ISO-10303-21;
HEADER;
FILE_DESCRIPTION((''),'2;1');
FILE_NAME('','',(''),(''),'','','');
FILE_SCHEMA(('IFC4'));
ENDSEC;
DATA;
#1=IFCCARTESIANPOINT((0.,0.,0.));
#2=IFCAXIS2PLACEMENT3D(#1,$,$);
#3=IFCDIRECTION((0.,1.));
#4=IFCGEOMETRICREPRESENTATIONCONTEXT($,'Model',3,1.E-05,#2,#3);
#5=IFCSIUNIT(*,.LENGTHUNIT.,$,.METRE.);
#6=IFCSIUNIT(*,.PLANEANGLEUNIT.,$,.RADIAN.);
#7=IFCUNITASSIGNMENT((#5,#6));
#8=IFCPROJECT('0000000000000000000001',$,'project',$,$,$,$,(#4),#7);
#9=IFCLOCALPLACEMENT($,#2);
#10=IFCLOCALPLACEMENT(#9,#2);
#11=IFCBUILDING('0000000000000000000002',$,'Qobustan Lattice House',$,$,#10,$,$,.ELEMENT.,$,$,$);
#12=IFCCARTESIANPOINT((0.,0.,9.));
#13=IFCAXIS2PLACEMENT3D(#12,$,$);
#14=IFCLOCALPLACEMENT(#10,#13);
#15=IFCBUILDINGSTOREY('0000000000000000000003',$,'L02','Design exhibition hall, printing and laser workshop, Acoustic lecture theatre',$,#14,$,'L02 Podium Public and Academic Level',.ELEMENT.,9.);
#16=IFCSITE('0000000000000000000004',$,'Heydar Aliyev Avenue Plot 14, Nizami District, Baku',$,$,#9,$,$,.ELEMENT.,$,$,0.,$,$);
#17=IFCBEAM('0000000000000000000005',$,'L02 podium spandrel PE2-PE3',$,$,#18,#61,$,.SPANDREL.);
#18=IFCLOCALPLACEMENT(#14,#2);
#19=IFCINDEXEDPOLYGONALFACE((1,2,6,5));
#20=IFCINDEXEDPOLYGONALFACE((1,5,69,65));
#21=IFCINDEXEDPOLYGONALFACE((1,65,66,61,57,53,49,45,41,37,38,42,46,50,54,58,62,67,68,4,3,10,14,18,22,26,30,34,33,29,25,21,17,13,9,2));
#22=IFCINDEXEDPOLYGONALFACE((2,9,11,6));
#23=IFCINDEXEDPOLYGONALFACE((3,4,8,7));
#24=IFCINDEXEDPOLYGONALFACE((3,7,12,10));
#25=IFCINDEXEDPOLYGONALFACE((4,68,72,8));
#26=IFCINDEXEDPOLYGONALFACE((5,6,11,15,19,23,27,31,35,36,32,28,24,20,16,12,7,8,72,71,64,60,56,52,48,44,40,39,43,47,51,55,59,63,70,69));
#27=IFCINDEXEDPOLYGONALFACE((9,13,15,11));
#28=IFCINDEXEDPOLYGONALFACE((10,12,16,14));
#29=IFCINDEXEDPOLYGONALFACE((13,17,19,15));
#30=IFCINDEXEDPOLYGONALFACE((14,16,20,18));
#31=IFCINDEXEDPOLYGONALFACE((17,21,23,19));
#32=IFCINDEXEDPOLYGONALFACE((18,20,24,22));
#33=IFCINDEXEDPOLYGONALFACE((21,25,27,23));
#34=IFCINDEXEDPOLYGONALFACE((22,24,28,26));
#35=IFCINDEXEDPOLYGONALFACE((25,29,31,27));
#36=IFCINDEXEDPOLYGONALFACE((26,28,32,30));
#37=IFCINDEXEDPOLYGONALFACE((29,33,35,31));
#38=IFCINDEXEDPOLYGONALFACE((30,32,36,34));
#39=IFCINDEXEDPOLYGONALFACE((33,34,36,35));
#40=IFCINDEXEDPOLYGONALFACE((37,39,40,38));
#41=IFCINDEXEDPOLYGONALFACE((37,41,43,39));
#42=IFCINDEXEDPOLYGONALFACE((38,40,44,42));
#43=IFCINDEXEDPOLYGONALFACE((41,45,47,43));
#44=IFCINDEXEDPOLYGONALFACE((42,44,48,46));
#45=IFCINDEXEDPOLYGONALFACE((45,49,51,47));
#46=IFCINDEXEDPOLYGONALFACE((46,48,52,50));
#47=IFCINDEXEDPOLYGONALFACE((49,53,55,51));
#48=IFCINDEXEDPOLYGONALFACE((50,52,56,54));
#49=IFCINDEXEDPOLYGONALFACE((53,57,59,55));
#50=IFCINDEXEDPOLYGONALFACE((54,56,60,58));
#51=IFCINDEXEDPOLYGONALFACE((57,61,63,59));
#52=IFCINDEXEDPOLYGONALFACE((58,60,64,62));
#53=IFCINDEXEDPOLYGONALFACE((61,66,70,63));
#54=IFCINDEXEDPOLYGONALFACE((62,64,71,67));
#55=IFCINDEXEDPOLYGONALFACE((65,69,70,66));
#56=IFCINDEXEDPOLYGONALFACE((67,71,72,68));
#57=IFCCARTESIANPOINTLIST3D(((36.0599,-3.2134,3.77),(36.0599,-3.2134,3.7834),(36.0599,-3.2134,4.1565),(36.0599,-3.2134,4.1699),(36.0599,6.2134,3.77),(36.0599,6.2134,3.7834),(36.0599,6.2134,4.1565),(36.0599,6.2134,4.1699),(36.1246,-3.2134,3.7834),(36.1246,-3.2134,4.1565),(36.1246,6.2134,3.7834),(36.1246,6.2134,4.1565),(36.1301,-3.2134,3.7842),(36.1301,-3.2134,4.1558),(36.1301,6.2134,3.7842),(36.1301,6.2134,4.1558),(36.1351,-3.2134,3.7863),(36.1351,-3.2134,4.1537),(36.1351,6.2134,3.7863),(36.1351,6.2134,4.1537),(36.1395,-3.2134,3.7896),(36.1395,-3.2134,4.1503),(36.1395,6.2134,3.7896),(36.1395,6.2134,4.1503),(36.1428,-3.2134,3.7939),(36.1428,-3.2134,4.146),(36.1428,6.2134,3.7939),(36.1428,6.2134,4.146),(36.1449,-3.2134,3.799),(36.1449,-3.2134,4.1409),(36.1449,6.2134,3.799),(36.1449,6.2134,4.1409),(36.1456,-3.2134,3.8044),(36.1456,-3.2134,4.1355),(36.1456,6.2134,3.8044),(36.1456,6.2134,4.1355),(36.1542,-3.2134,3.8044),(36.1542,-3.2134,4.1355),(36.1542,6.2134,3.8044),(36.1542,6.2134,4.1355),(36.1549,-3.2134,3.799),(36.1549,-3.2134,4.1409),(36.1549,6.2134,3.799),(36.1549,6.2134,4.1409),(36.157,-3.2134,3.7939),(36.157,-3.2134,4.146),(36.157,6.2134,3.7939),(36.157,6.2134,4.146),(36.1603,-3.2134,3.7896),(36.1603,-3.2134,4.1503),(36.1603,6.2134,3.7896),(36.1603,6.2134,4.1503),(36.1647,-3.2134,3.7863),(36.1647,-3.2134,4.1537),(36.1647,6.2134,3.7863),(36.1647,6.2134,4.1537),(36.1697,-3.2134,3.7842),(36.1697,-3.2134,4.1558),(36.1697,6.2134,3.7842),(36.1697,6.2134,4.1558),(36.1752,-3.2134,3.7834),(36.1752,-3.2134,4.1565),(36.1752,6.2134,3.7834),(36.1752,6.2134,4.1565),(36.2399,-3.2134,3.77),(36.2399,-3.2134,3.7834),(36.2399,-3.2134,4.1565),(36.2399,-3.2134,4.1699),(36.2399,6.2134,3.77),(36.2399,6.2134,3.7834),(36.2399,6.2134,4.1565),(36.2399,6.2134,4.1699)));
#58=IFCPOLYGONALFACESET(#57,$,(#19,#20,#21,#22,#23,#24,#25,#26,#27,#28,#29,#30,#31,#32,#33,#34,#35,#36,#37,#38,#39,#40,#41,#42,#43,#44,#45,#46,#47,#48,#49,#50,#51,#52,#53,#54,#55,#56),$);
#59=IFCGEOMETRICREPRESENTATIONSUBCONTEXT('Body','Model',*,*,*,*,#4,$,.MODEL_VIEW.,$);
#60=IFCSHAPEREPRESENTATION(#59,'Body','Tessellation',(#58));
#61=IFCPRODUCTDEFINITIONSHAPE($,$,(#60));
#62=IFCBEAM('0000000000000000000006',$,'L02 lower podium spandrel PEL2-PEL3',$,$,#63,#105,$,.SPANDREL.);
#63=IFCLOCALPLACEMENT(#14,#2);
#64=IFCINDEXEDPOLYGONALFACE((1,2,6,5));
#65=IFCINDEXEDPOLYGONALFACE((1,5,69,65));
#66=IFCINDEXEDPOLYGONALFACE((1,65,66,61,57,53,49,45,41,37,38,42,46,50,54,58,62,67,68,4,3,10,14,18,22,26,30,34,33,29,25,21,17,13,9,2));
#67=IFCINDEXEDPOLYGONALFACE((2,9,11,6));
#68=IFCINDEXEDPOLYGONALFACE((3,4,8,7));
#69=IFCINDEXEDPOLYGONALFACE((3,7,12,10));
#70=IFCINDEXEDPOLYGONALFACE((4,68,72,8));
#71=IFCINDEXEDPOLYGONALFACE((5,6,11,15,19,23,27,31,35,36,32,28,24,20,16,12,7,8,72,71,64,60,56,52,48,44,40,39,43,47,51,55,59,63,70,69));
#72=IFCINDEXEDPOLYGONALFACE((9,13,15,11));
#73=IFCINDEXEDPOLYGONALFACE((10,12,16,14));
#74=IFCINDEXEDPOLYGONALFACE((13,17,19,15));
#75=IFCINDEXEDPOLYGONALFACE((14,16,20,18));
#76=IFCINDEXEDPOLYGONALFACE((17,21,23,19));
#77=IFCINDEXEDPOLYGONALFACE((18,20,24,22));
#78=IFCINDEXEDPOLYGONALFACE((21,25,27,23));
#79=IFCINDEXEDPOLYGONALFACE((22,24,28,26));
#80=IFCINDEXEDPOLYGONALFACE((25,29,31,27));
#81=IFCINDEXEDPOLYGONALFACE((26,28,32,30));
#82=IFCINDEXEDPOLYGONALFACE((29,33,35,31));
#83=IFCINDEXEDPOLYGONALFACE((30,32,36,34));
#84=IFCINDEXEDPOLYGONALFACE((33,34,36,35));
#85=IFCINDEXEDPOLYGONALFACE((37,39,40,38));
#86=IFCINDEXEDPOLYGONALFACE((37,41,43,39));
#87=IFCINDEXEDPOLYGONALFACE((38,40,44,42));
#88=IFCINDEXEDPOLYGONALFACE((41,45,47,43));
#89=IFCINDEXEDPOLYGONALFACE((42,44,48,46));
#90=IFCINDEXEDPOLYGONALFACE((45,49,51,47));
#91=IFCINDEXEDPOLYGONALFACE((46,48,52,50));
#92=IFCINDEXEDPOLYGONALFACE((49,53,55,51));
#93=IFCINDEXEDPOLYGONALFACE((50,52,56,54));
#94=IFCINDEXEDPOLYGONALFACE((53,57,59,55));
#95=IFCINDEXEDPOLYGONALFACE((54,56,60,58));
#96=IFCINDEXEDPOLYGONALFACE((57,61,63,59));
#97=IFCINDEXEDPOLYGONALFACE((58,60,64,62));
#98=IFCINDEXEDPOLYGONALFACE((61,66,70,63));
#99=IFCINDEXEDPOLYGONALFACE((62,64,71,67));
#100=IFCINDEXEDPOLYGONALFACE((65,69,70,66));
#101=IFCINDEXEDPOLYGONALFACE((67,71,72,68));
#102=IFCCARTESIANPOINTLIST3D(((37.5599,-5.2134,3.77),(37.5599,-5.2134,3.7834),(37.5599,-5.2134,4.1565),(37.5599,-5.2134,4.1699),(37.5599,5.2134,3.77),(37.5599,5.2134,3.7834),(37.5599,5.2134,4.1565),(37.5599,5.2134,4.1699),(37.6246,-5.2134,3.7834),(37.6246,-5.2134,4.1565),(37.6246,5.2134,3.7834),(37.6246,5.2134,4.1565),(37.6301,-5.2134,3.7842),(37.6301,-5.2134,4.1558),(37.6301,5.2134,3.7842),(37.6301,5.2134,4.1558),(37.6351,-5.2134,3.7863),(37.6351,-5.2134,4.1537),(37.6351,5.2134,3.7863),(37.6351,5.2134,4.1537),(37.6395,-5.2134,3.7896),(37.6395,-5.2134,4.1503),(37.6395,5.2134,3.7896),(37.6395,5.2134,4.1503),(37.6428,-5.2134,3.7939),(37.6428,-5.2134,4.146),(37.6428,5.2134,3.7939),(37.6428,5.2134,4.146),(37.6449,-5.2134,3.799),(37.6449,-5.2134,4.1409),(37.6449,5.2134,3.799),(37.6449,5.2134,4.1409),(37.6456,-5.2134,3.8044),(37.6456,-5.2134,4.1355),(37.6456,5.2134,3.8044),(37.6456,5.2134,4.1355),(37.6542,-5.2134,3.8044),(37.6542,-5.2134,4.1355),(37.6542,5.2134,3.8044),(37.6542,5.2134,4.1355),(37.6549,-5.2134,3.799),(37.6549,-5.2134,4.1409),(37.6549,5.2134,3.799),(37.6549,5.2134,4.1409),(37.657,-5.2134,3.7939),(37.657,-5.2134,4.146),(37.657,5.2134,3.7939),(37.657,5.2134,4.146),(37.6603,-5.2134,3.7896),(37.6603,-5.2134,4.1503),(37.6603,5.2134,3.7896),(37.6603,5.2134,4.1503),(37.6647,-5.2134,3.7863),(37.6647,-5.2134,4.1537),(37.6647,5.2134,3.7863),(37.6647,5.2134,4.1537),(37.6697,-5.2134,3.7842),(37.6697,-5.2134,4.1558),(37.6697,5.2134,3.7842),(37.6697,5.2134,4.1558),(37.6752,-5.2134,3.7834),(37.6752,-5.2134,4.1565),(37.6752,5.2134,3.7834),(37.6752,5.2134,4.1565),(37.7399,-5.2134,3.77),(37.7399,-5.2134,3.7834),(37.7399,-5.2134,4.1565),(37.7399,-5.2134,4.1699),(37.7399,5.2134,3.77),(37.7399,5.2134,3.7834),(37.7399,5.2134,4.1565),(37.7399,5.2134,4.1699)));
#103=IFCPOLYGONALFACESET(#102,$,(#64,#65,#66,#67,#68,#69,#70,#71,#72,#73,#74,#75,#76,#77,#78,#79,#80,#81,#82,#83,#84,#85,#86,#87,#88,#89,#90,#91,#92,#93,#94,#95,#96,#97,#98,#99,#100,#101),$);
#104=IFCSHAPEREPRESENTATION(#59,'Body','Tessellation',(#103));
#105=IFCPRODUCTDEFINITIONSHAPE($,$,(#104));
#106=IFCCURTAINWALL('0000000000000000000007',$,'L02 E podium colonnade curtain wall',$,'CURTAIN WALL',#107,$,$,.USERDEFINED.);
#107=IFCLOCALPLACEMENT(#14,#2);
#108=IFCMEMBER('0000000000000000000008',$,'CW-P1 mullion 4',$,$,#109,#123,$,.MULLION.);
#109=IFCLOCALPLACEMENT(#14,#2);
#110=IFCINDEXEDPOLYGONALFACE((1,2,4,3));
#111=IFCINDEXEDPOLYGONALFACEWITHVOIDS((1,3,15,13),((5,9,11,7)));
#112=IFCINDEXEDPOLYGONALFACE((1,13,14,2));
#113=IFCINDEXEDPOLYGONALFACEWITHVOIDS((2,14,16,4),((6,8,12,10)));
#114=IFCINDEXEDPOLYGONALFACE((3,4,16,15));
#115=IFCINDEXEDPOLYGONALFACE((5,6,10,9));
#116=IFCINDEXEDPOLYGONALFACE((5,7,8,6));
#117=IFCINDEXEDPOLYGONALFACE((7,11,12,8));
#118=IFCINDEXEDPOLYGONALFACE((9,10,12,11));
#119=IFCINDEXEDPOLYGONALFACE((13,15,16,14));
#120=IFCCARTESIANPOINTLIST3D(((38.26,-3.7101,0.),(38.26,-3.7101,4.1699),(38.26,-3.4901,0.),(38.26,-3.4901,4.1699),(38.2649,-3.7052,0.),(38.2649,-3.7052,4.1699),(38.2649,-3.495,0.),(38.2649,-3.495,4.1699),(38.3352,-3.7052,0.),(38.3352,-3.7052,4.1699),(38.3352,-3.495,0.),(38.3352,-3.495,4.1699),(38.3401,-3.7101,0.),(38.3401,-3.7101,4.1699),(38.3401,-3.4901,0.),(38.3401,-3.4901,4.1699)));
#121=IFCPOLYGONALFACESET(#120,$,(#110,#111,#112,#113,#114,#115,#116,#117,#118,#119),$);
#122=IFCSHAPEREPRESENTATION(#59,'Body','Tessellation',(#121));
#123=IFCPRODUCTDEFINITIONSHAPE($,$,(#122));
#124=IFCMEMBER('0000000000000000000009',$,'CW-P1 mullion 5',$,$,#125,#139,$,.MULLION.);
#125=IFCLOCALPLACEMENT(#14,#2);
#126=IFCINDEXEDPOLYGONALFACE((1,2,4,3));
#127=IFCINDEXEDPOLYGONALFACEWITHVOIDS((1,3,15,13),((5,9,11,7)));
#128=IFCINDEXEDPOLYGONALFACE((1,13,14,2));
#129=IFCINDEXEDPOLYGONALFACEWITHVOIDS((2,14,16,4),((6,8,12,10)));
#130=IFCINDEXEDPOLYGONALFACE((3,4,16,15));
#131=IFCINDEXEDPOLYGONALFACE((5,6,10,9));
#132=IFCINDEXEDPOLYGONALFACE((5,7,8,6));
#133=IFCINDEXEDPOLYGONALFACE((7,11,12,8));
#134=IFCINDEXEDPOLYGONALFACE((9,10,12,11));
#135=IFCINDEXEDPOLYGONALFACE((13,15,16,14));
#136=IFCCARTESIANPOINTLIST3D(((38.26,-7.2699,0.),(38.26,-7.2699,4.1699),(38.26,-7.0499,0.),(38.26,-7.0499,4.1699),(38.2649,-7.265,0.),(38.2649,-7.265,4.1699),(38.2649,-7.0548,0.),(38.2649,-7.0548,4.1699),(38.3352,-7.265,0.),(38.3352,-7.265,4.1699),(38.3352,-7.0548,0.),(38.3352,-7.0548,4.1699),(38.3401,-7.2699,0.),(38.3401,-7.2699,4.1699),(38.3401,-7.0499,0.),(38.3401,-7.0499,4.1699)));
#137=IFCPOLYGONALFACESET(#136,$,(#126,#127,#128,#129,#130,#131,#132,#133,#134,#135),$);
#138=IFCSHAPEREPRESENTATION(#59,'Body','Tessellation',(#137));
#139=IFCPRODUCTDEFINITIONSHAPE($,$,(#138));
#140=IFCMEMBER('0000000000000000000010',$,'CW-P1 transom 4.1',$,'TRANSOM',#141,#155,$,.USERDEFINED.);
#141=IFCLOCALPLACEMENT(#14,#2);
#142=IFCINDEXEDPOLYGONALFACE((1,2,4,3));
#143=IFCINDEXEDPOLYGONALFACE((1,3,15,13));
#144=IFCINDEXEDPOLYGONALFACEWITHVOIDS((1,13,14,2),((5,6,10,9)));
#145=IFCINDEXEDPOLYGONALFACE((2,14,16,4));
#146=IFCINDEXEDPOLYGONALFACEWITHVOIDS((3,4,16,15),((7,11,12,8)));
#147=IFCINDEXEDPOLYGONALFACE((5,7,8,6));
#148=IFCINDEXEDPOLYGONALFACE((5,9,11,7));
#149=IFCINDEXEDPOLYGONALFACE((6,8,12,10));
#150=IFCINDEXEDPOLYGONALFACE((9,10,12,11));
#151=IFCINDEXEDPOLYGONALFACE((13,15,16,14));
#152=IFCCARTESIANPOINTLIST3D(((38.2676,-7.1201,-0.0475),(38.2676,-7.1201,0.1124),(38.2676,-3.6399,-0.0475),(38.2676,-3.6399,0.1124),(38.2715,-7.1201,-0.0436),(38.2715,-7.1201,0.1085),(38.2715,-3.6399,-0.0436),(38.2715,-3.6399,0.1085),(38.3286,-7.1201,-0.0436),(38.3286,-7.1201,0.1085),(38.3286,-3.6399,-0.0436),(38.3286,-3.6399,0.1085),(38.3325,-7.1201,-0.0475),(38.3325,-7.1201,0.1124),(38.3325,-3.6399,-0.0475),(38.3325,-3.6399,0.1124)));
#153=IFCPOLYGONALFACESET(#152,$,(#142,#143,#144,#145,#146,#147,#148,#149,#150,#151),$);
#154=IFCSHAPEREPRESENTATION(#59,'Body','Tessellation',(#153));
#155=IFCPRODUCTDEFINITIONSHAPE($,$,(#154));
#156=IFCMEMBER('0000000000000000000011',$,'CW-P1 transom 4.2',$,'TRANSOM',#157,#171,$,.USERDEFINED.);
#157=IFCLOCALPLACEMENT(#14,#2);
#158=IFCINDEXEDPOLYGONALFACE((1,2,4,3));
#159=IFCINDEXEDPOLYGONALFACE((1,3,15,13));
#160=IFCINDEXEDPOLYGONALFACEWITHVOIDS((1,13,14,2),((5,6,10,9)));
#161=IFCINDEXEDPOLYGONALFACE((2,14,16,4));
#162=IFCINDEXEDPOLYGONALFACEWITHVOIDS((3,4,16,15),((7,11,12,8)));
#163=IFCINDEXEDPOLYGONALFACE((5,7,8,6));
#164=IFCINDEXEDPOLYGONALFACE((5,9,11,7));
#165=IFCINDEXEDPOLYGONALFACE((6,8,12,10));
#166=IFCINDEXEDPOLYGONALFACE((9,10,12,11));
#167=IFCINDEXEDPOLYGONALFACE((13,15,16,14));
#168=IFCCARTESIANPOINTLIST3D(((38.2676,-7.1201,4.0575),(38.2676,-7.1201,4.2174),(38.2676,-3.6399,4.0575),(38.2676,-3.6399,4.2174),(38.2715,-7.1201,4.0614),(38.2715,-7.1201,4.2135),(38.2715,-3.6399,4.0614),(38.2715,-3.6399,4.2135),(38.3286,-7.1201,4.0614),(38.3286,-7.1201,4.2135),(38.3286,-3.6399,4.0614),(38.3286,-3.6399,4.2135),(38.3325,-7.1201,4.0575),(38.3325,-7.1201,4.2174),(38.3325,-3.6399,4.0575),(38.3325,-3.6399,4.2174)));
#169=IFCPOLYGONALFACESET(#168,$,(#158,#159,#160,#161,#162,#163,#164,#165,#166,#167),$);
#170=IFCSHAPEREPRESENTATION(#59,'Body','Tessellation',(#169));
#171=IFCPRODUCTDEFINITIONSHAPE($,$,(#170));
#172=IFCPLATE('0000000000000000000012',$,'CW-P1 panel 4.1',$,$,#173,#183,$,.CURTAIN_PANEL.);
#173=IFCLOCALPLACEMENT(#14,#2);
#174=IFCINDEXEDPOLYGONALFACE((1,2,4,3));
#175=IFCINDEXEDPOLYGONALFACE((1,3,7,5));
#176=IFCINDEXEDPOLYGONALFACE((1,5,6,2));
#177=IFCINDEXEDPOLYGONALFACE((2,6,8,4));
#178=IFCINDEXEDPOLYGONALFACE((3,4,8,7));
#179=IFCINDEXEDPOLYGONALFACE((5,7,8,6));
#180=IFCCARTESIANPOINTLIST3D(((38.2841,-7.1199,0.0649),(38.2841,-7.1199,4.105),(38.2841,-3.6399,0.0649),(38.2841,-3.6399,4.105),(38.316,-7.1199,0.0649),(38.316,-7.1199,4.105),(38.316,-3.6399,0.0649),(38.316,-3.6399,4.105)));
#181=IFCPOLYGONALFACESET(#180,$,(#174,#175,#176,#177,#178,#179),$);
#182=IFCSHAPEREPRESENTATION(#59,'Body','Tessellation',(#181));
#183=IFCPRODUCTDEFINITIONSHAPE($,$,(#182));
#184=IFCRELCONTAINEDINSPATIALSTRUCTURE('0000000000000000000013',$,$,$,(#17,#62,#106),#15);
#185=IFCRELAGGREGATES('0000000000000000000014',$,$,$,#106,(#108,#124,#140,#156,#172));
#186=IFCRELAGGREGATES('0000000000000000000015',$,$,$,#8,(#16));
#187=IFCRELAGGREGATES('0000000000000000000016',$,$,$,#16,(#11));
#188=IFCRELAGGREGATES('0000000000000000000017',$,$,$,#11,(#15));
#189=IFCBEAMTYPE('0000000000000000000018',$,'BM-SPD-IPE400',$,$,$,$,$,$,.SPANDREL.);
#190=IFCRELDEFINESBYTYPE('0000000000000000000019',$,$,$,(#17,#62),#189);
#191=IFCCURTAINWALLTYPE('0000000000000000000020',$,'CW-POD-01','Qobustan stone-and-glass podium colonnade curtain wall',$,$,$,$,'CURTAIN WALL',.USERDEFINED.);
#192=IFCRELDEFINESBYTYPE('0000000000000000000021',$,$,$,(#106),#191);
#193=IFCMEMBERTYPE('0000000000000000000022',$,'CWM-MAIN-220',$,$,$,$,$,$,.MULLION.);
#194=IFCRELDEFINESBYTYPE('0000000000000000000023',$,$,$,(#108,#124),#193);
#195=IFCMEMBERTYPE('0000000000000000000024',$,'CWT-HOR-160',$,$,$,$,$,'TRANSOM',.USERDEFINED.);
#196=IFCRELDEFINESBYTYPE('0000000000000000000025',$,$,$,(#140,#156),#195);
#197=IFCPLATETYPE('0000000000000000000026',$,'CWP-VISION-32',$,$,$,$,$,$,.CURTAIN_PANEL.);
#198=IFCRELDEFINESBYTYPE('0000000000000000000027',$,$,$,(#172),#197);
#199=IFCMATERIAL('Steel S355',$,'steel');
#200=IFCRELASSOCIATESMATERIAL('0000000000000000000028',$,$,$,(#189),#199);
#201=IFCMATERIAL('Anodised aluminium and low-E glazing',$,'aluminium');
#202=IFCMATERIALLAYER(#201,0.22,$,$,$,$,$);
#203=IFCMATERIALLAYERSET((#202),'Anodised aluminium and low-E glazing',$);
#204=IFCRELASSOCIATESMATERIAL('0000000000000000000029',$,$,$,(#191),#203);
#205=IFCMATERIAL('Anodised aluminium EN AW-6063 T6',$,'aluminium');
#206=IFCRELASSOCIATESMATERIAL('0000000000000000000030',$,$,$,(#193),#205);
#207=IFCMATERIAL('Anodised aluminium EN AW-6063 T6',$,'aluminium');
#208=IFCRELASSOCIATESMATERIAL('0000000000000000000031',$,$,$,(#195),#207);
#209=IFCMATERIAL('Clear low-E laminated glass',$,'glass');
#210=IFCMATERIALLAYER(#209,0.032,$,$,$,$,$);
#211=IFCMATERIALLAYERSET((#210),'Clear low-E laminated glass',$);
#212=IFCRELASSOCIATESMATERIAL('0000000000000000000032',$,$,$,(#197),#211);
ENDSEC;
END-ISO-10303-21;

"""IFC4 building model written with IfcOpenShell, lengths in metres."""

from ifc_helpers import new_model, si_unit, direction, frame, origin, origin_2d, place, context, subcontext, project, spatial, rectangle, hollow_rectangle, i_section, extrude, material, layer, layer_set, material_profile, profile_set, type_object, element, aggregate, save


model = new_model("IFC4")

# Units and contexts
model_context = context("Model", 3, precision=1e-05, world=origin(), true_north=direction((0.0, 1.0)))
body_context = subcontext(model_context, "Body", "Model", "MODEL_VIEW")
ifc_project = project(units=[si_unit("LENGTHUNIT", "METRE"), si_unit("PLANEANGLEUNIT", "RADIAN")], contexts=[model_context])

# Site, building, storey
site_placement = place(None, origin())
site = spatial("IfcSite", under=ifc_project, at=site_placement, Name="Heydar Aliyev Avenue Plot 14, Nizami District, Baku", CompositionType="ELEMENT", RefElevation=0.0)
building_placement = place(site_placement, origin())
building = spatial("IfcBuilding", under=site, at=building_placement, Name="Qobustan Lattice House", CompositionType="ELEMENT")
storey_placement = place(building_placement, frame((0.0, 0.0, 9.0)))
storey = spatial("IfcBuildingStorey", under=building, at=storey_placement, Name="L02", Description="Design exhibition hall, printing and laser workshop, Acoustic lecture theatre", LongName="L02 Podium Public and Academic Level", CompositionType="ELEMENT", Elevation=9.0)

# Beams
ifc_material_1 = material(Name="Steel S355", Category="steel")
ifc_material_profile_1 = material_profile(ifc_material_1, i_section(OverallWidth=0.1799, OverallDepth=0.3999, WebThickness=0.0085, FlangeThickness=0.0134, FilletRadius=0.021, at=origin_2d()), Name="IPE400")
ifc_profile_set_1 = profile_set([ifc_material_profile_1], Name="Steel S355")
beam_type_1 = type_object("IfcBeamType", Name="BM-SPD-IPE400", PredefinedType="SPANDREL", material=ifc_profile_set_1)
beam_1_placement = place(storey_placement, frame((36.1499, -3.2134, 3.97), z_axis=(0.0, 1.0, 0.0), x_axis=(-1.0, 0.0, 0.0)))
element("IfcBeam", 1, at=beam_1_placement, inside=storey, type_object=beam_type_1, Name="L02 podium spandrel PE2-PE3", PredefinedType="SPANDREL", context=body_context, shape_type="SweptSolid", body=[
    extrude(i_section(OverallWidth=0.1799, OverallDepth=0.3999, WebThickness=0.0085, FlangeThickness=0.0134, FilletRadius=0.021, at=origin_2d()), origin(), (0.0, 0.0, 1.0), 9.4268),
])
beam_2_placement = place(storey_placement, frame((37.6499, -5.2134, 3.97), z_axis=(0.0, 1.0, 0.0), x_axis=(-1.0, 0.0, 0.0)))
element("IfcBeam", 2, at=beam_2_placement, inside=storey, type_object=beam_type_1, Name="L02 lower podium spandrel PEL2-PEL3", PredefinedType="SPANDREL", context=body_context, shape_type="SweptSolid", body=[
    extrude(i_section(OverallWidth=0.1799, OverallDepth=0.3999, WebThickness=0.0085, FlangeThickness=0.0134, FilletRadius=0.021, at=origin_2d()), origin(), (0.0, 0.0, 1.0), 10.4268),
])

# Curtain wall, members, plate
ifc_material_2 = material(Name="Anodised aluminium and low-E glazing", Category="aluminium")
ifc_layer_1 = layer(ifc_material_2, 0.22)
ifc_layer_set_1 = layer_set([ifc_layer_1], Name="Anodised aluminium and low-E glazing")
curtain_wall_type = type_object("IfcCurtainWallType", Name="CW-POD-01", Description="Qobustan stone-and-glass podium colonnade curtain wall", ElementType="CURTAIN WALL", PredefinedType="USERDEFINED", material=ifc_layer_set_1)
curtain_wall_placement = place(storey_placement, origin())
curtain_wall = element("IfcCurtainWall", 3, at=curtain_wall_placement, inside=storey, type_object=curtain_wall_type, Name="L02 E podium colonnade curtain wall", ObjectType="CURTAIN WALL", PredefinedType="USERDEFINED")
ifc_material_3 = material(Name="Anodised aluminium EN AW-6063 T6", Category="aluminium")
ifc_material_profile_2 = material_profile(ifc_material_3, hollow_rectangle(XDim=0.0801, YDim=0.22, WallThickness=0.0049, at=origin_2d()), Name="CWM-220x80")
ifc_profile_set_2 = profile_set([ifc_material_profile_2], Name="Anodised aluminium EN AW-6063 T6")
member_type_1 = type_object("IfcMemberType", Name="CWM-MAIN-220", PredefinedType="MULLION", material=ifc_profile_set_2)
member_1_placement = place(storey_placement, frame((38.3, -3.6001, 0.0), z_axis=(0.0, 0.0, 1.0), x_axis=(1.0, 0.0, 0.0)))
member_1 = element("IfcMember", 4, at=member_1_placement, type_object=member_type_1, Name="CW-P1 mullion 4", PredefinedType="MULLION", context=body_context, shape_type="SweptSolid", body=[
    extrude(hollow_rectangle(XDim=0.0801, YDim=0.22, WallThickness=0.0049, at=origin_2d()), origin(), (0.0, 0.0, 1.0), 4.1699),
])
member_2_placement = place(storey_placement, frame((38.3, -7.1599, 0.0), z_axis=(0.0, 0.0, 1.0), x_axis=(1.0, 0.0, 0.0)))
member_2 = element("IfcMember", 5, at=member_2_placement, type_object=member_type_1, Name="CW-P1 mullion 5", PredefinedType="MULLION", context=body_context, shape_type="SweptSolid", body=[
    extrude(hollow_rectangle(XDim=0.0801, YDim=0.22, WallThickness=0.0049, at=origin_2d()), origin(), (0.0, 0.0, 1.0), 4.1699),
])
ifc_material_4 = material(Name="Anodised aluminium EN AW-6063 T6", Category="aluminium")
ifc_material_profile_3 = material_profile(ifc_material_4, hollow_rectangle(XDim=0.0649, YDim=0.1599, WallThickness=0.0039, at=origin_2d()), Name="CWT-160x65")
ifc_profile_set_3 = profile_set([ifc_material_profile_3], Name="Anodised aluminium EN AW-6063 T6")
member_type_2 = type_object("IfcMemberType", Name="CWT-HOR-160", ElementType="TRANSOM", PredefinedType="USERDEFINED", material=ifc_profile_set_3)
member_3_placement = place(storey_placement, frame((38.3, -3.6399, 0.0325), z_axis=(0.0, -1.0, 0.0), x_axis=(1.0, 0.0, 0.0)))
member_3 = element("IfcMember", 6, at=member_3_placement, type_object=member_type_2, Name="CW-P1 transom 4.1", ObjectType="TRANSOM", PredefinedType="USERDEFINED", context=body_context, shape_type="SweptSolid", body=[
    extrude(hollow_rectangle(XDim=0.0649, YDim=0.1599, WallThickness=0.0039, at=origin_2d()), origin(), (0.0, 0.0, 1.0), 3.4802),
])
member_4_placement = place(storey_placement, frame((38.3, -3.6399, 4.1375), z_axis=(0.0, -1.0, 0.0), x_axis=(1.0, 0.0, 0.0)))
member_4 = element("IfcMember", 7, at=member_4_placement, type_object=member_type_2, Name="CW-P1 transom 4.2", ObjectType="TRANSOM", PredefinedType="USERDEFINED", context=body_context, shape_type="SweptSolid", body=[
    extrude(hollow_rectangle(XDim=0.0649, YDim=0.1599, WallThickness=0.0039, at=origin_2d()), origin(), (0.0, 0.0, 1.0), 3.4802),
])
ifc_material_5 = material(Name="Clear low-E laminated glass", Category="glass")
ifc_layer_2 = layer(ifc_material_5, 0.032)
ifc_layer_set_2 = layer_set([ifc_layer_2], Name="Clear low-E laminated glass")
plate_type = type_object("IfcPlateType", Name="CWP-VISION-32", PredefinedType="CURTAIN_PANEL", material=ifc_layer_set_2)
plate_placement = place(storey_placement, frame((38.3, -5.3799, 0.0649), z_axis=(0.0, 0.0, 1.0), x_axis=(0.0, -1.0, 0.0)))
plate = element("IfcPlate", 8, at=plate_placement, type_object=plate_type, Name="CW-P1 panel 4.1", PredefinedType="CURTAIN_PANEL", context=body_context, shape_type="SweptSolid", body=[
    extrude(rectangle(XDim=3.48, YDim=0.032, at=origin_2d()), origin(), (0.0, 0.0, 1.0), 4.04),
])
aggregate(curtain_wall, [member_1, member_2, member_3, member_4, plate])

save(model, "model.ifc")
